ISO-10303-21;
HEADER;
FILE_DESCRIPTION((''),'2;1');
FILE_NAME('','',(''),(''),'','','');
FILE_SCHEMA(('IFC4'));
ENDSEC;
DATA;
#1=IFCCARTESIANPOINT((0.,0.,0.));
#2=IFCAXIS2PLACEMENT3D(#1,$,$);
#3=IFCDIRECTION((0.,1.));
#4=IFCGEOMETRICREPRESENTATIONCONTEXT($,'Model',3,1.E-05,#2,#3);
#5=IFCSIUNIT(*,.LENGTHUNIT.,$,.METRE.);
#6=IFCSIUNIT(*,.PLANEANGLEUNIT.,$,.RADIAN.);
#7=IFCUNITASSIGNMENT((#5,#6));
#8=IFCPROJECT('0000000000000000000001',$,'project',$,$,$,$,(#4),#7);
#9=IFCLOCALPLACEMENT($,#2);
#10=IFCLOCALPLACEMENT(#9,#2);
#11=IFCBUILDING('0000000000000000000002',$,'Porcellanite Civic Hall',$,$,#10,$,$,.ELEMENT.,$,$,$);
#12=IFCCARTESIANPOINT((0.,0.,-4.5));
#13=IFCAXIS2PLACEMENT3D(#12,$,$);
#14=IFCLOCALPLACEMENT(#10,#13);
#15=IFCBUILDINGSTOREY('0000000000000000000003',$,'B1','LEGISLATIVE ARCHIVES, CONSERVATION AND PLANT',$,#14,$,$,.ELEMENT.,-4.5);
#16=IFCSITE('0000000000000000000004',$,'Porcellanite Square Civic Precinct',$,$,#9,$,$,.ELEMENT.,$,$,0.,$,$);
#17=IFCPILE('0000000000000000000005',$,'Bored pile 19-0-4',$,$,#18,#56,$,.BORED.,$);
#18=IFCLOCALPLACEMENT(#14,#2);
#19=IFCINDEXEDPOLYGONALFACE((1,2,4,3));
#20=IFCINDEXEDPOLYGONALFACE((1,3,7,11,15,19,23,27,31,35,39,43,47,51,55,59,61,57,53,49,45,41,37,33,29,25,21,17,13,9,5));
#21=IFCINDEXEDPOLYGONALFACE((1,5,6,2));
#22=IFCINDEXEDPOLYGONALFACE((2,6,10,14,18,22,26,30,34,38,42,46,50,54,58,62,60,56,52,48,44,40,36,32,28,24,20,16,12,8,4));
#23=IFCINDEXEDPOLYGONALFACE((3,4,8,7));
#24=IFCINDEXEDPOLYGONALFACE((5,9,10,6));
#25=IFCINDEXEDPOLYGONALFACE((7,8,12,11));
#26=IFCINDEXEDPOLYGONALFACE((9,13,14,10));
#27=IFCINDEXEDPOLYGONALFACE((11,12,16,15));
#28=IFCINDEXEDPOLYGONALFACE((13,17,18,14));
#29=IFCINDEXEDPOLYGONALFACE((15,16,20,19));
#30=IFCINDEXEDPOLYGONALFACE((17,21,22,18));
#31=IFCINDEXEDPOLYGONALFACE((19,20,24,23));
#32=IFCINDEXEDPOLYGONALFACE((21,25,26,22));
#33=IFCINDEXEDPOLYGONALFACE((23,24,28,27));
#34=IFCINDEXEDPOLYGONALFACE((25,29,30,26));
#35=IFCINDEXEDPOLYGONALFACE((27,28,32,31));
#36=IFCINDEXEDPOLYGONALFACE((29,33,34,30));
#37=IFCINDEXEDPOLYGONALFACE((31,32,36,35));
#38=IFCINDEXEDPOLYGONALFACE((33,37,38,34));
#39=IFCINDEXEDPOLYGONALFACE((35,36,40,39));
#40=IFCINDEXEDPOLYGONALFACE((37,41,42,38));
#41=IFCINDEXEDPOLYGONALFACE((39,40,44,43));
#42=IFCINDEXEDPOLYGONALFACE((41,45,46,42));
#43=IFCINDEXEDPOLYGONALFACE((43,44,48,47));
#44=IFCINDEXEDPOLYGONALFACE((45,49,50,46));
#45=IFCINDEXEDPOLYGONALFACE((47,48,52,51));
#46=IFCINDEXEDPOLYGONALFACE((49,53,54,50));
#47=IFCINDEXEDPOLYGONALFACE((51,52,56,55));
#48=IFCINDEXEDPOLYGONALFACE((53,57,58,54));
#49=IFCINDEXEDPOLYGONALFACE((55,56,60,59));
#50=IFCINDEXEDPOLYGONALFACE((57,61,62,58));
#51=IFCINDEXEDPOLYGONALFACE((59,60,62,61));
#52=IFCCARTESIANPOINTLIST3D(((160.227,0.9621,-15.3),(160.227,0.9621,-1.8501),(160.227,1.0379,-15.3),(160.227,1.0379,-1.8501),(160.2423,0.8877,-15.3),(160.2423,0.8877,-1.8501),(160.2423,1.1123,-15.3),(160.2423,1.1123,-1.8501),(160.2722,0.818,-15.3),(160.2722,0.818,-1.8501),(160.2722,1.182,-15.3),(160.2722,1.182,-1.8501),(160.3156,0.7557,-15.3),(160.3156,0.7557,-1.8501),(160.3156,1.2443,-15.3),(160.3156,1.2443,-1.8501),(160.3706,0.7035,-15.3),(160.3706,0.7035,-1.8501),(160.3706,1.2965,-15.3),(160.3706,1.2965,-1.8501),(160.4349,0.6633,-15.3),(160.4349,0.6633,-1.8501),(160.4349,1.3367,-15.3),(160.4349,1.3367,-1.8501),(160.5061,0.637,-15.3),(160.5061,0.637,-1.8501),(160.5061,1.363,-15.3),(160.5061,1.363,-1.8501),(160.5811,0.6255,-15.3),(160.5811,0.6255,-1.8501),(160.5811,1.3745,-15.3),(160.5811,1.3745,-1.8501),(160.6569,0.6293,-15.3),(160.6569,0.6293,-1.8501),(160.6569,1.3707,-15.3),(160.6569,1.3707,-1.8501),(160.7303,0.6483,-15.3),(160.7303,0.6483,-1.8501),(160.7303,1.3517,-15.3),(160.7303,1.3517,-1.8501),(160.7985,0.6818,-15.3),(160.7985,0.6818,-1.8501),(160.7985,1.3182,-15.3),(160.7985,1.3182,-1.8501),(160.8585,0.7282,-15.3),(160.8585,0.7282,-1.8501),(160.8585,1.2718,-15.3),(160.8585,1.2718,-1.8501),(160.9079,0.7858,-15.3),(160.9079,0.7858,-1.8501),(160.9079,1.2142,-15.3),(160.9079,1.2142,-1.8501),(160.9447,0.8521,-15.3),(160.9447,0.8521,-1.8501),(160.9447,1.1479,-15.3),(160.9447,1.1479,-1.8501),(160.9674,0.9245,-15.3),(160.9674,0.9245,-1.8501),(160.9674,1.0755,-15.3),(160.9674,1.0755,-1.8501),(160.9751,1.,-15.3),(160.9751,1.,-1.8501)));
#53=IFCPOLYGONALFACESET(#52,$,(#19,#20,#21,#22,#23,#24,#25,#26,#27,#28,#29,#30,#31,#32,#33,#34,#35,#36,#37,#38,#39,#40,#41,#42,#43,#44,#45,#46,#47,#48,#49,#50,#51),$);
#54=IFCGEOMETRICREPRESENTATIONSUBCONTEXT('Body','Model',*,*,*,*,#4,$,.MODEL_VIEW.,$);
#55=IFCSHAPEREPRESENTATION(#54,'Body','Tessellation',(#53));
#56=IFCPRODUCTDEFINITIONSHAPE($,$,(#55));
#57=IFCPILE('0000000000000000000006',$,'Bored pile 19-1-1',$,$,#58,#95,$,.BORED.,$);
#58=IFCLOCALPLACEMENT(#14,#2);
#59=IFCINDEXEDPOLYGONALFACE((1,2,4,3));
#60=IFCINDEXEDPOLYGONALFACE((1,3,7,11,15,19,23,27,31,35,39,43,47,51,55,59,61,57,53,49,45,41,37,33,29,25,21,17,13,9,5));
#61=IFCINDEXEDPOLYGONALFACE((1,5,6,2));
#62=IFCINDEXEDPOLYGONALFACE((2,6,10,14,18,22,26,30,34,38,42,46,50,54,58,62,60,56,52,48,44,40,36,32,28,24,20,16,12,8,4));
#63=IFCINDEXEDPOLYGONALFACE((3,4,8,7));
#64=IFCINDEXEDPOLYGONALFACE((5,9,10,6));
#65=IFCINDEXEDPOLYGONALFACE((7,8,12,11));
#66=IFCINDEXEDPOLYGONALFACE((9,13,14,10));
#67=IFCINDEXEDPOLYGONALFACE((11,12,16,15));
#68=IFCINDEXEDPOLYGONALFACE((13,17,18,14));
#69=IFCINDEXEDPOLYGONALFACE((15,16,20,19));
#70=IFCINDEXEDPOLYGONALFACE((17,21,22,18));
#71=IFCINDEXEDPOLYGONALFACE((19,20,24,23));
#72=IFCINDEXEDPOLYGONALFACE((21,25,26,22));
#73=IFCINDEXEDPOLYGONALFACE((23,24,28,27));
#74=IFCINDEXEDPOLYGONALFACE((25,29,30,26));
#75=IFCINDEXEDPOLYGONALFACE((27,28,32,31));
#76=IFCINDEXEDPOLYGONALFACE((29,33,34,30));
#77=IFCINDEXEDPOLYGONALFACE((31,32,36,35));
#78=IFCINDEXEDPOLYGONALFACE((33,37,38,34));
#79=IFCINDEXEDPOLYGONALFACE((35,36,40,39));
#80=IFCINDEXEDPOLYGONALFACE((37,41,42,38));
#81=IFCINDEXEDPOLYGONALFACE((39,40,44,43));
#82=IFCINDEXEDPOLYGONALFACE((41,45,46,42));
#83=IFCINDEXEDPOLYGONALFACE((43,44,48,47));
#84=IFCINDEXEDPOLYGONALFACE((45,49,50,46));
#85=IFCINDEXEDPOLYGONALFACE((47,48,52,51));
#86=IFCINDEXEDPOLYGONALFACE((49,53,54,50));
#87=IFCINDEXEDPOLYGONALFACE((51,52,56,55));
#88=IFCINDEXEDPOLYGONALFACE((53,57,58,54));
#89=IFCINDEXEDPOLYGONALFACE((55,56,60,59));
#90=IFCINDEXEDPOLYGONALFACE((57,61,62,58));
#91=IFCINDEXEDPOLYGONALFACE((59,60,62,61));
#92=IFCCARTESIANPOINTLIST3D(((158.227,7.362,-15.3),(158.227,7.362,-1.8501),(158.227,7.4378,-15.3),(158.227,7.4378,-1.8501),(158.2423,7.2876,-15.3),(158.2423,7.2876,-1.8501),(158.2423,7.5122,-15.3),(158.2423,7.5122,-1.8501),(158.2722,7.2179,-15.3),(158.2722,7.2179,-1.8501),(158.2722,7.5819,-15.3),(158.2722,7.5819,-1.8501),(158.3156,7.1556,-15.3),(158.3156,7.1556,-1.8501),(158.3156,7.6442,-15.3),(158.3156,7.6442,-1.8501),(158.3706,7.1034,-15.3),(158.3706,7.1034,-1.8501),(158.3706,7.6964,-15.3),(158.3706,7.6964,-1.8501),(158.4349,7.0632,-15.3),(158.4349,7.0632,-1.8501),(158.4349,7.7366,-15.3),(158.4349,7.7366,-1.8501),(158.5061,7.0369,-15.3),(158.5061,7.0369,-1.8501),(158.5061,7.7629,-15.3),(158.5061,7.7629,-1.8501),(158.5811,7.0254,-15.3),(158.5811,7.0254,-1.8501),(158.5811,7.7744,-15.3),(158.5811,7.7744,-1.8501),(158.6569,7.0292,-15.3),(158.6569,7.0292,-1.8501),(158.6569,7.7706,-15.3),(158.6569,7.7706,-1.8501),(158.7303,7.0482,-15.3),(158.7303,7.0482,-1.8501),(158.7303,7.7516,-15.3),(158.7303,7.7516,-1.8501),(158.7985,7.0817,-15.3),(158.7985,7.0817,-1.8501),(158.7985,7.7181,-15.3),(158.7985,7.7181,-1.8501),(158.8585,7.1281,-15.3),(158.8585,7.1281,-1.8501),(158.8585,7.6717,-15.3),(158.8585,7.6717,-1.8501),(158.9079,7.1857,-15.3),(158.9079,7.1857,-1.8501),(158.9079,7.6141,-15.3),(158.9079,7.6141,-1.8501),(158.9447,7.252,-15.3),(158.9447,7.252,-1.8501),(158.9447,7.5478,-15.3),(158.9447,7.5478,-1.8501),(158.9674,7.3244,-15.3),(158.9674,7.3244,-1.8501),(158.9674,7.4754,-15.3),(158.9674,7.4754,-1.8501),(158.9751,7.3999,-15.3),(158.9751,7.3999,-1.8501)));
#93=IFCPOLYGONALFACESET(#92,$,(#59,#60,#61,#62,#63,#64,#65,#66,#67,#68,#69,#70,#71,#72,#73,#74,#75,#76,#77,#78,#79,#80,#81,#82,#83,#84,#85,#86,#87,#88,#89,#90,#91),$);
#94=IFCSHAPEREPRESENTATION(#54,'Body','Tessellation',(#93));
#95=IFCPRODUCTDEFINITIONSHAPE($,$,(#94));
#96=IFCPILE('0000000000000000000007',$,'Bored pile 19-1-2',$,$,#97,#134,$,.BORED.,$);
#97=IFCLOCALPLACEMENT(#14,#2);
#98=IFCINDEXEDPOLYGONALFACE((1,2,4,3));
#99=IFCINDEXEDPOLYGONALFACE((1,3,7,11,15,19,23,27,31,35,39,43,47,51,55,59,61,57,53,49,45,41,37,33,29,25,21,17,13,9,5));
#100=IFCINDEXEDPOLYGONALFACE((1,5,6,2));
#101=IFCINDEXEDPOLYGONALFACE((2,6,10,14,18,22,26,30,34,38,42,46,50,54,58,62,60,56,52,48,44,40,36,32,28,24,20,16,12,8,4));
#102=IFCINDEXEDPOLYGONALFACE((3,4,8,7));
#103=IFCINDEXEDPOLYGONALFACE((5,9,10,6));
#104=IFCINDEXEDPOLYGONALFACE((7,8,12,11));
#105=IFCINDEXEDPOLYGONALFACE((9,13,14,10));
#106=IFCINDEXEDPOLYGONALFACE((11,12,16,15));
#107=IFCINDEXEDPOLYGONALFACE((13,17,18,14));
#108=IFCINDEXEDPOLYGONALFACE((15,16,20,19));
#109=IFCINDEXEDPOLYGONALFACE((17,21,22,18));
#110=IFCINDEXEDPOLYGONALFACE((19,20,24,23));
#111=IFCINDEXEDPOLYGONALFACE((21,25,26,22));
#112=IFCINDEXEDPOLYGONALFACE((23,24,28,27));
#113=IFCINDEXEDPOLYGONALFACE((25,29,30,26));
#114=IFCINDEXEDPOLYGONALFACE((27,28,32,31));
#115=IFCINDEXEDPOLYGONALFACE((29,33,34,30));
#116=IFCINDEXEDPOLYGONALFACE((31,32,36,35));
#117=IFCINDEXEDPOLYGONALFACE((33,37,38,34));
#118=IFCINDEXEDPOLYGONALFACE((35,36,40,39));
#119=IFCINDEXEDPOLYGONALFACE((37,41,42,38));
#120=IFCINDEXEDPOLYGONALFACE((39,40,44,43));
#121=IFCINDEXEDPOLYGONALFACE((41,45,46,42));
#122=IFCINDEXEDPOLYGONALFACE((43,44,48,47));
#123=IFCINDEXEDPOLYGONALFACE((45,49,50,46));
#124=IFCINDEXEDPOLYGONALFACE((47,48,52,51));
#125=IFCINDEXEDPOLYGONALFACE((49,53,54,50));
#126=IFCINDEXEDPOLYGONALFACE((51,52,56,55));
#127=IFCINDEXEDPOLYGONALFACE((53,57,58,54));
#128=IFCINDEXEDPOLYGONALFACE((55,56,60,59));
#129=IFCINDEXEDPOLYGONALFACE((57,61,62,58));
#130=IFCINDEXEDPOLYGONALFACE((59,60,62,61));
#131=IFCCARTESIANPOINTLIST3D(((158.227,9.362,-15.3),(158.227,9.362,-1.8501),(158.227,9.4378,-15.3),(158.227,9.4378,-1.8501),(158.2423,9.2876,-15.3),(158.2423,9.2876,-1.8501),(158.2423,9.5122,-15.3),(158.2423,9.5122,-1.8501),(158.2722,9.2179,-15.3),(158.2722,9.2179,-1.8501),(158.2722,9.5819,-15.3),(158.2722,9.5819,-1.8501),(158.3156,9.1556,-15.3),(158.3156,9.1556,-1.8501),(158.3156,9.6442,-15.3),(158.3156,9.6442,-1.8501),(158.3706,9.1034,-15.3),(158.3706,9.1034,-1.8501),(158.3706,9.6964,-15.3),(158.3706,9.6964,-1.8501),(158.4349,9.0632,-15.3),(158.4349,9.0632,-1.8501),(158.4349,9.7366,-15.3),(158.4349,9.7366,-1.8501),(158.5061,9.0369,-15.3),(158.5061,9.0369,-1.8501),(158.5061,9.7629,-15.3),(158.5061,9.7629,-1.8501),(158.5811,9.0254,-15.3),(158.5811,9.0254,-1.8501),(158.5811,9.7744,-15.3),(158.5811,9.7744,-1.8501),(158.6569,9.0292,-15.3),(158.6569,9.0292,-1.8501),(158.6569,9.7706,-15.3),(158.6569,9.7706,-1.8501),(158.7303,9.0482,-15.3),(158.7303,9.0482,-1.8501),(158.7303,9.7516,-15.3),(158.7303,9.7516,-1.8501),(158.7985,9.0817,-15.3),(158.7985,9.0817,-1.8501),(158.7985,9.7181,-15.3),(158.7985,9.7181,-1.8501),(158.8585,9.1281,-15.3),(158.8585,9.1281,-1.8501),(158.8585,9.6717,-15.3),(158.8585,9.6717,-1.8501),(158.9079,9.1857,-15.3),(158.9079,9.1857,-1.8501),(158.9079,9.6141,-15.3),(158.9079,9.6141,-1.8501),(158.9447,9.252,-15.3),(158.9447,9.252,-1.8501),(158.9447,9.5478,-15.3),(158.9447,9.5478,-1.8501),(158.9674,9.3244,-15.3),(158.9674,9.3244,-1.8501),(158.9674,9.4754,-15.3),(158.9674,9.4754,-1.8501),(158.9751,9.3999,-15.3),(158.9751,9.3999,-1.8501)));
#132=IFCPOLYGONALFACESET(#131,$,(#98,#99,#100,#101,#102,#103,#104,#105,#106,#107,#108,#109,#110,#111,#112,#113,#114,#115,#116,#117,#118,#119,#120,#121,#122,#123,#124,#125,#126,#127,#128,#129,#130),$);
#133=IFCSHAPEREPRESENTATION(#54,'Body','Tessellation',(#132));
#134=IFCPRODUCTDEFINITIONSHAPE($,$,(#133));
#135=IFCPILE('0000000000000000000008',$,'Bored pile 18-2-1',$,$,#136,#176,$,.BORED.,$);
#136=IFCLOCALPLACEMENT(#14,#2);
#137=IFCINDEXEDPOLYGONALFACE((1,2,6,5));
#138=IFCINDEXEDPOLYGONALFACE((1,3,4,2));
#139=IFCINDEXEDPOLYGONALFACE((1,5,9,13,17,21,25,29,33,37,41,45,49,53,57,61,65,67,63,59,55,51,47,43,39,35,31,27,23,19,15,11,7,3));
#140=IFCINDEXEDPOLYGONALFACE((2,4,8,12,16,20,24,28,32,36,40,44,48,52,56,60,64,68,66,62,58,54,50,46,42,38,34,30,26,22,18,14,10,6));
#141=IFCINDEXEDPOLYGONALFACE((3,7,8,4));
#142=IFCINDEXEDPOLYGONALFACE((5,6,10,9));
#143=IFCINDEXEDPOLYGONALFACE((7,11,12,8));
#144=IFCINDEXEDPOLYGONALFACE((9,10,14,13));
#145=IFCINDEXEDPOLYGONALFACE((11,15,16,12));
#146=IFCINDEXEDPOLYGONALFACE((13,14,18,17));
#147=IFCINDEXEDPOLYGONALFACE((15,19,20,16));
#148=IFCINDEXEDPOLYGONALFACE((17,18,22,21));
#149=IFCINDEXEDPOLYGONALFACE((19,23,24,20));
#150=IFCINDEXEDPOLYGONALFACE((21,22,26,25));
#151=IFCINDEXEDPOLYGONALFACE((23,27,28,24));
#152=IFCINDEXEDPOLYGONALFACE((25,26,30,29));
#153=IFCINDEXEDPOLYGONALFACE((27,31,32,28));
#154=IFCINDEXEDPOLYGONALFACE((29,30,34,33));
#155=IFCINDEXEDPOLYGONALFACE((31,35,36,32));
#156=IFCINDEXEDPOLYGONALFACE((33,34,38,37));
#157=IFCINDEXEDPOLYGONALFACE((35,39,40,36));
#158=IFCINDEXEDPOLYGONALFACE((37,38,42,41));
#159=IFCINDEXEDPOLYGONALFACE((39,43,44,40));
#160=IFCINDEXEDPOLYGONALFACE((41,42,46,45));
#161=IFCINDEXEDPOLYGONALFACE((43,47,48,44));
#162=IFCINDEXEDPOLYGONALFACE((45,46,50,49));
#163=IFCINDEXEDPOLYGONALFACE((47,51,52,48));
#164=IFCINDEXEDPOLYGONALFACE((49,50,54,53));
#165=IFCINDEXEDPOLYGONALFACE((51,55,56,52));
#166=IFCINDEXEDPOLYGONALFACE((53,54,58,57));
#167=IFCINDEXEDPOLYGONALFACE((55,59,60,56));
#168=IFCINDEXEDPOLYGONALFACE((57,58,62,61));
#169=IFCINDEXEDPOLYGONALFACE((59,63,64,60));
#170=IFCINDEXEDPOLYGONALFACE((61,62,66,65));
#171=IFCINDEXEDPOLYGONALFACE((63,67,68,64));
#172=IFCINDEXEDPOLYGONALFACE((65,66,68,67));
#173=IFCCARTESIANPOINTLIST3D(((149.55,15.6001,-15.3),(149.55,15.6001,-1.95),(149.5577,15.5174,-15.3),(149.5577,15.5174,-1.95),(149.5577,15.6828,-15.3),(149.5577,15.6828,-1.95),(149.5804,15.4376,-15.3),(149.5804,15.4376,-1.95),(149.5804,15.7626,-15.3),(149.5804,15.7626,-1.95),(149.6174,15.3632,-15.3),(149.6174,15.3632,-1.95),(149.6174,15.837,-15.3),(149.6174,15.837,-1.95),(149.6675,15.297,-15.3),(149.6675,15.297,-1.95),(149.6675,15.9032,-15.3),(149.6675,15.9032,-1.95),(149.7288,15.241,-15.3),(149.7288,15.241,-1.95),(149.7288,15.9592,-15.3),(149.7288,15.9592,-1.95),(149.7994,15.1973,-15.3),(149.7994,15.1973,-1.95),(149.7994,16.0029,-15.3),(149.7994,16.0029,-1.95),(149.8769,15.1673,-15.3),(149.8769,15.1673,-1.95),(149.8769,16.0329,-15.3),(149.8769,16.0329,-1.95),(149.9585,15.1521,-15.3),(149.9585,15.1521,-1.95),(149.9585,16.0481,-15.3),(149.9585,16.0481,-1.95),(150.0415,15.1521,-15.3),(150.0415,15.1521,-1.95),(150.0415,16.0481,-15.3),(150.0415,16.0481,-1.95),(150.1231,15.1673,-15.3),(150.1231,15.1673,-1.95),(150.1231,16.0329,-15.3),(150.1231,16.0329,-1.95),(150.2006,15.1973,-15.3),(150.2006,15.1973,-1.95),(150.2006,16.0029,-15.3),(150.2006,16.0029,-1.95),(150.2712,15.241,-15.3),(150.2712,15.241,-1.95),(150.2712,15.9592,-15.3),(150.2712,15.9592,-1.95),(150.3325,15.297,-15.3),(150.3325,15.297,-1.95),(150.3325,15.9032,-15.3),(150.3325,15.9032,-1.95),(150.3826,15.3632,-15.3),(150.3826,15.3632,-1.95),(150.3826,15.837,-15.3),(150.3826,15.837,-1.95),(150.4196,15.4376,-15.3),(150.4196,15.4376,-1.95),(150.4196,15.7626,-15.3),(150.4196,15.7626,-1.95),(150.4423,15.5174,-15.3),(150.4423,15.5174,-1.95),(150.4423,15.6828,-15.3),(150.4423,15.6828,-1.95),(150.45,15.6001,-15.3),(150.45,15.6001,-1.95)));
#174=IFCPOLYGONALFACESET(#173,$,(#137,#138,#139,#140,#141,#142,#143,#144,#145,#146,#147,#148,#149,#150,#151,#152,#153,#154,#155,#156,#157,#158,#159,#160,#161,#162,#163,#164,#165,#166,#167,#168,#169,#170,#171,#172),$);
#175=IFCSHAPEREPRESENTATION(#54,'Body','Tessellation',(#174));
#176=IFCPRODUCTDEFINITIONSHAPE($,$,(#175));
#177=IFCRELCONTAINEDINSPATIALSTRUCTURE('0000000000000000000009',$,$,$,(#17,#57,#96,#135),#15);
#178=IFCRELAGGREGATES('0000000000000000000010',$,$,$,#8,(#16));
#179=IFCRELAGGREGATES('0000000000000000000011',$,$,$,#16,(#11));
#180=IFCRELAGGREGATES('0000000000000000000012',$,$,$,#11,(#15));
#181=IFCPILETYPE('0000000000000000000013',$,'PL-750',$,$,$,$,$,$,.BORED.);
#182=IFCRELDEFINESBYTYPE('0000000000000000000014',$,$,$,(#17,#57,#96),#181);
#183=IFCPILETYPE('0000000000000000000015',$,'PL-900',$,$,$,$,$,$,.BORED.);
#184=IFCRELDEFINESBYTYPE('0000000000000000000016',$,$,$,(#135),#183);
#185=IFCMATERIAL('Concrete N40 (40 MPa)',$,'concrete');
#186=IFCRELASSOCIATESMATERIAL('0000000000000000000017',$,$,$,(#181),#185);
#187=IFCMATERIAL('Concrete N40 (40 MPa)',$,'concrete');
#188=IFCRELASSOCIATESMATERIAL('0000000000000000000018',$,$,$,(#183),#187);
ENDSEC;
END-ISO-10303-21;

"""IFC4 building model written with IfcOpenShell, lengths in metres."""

from ifc_helpers import new_model, si_unit, direction, frame, origin, origin_2d, place, context, subcontext, project, spatial, circle, extrude, material, material_profile, profile_set, type_object, element, save


model = new_model("IFC4")

# Units and contexts
model_context = context("Model", 3, precision=1e-05, world=origin(), true_north=direction((0.0, 1.0)))
body_context = subcontext(model_context, "Body", "Model", "MODEL_VIEW")
ifc_project = project(units=[si_unit("LENGTHUNIT", "METRE"), si_unit("PLANEANGLEUNIT", "RADIAN")], contexts=[model_context])

# Site, building, storey
site_placement = place(None, origin())
site = spatial("IfcSite", under=ifc_project, at=site_placement, Name="Porcellanite Square Civic Precinct", CompositionType="ELEMENT", RefElevation=0.0)
building_placement = place(site_placement, origin())
building = spatial("IfcBuilding", under=site, at=building_placement, Name="Porcellanite Civic Hall", CompositionType="ELEMENT")
storey_placement = place(building_placement, frame((0.0, 0.0, -4.5)))
storey = spatial("IfcBuildingStorey", under=building, at=storey_placement, Name="B1", Description="LEGISLATIVE ARCHIVES, CONSERVATION AND PLANT", CompositionType="ELEMENT", Elevation=-4.5)

# Piles
ifc_material_1 = material(Name="Concrete N40 (40 MPa)", Category="concrete")
ifc_material_profile_1 = material_profile(ifc_material_1, circle(Radius=0.375, at=origin_2d()), Name="PILE-D750")
ifc_profile_set_1 = profile_set([ifc_material_profile_1], Name="Concrete N40 (40 MPa)")
pile_type_1 = type_object("IfcPileType", Name="PL-750", PredefinedType="BORED", material=ifc_profile_set_1)
for number, where, z_axis, x_axis, name in (
    (1, (160.6001, 1.0, -1.8501), (0.0, 0.0, -1.0), (1.0, 0.0, 0.0), "Bored pile 19-0-4"),
    (2, (158.6001, 7.3999, -1.8501), (0.0, 0.0, -1.0), (1.0, 0.0, 0.0), "Bored pile 19-1-1"),
    (3, (158.6001, 9.3999, -1.8501), (0.0, 0.0, -1.0), (1.0, 0.0, 0.0), "Bored pile 19-1-2"),
):
    element("IfcPile", number, at=place(storey_placement, frame(where, z_axis=z_axis, x_axis=x_axis)), inside=storey, type_object=pile_type_1, Name=name, PredefinedType="BORED", context=body_context, shape_type="SweptSolid", body=[
        extrude(circle(Radius=0.375, at=origin_2d()), origin(), (0.0, 0.0, 1.0), 13.45),
    ])
ifc_material_2 = material(Name="Concrete N40 (40 MPa)", Category="concrete")
ifc_material_profile_2 = material_profile(ifc_material_2, circle(Radius=0.45, at=origin_2d()), Name="PILE-D900")
ifc_profile_set_2 = profile_set([ifc_material_profile_2], Name="Concrete N40 (40 MPa)")
pile_type_2 = type_object("IfcPileType", Name="PL-900", PredefinedType="BORED", material=ifc_profile_set_2)
for number, where, z_axis, x_axis, name in (
    (4, (150.0, 15.6001, -1.95), (0.0, 0.0, -1.0), (1.0, 0.0, 0.0), "Bored pile 18-2-1"),
):
    element("IfcPile", number, at=place(storey_placement, frame(where, z_axis=z_axis, x_axis=x_axis)), inside=storey, type_object=pile_type_2, Name=name, PredefinedType="BORED", context=body_context, shape_type="SweptSolid", body=[
        extrude(circle(Radius=0.45, at=origin_2d()), origin(), (0.0, 0.0, 1.0), 13.3501),
    ])

save(model, "model.ifc")
